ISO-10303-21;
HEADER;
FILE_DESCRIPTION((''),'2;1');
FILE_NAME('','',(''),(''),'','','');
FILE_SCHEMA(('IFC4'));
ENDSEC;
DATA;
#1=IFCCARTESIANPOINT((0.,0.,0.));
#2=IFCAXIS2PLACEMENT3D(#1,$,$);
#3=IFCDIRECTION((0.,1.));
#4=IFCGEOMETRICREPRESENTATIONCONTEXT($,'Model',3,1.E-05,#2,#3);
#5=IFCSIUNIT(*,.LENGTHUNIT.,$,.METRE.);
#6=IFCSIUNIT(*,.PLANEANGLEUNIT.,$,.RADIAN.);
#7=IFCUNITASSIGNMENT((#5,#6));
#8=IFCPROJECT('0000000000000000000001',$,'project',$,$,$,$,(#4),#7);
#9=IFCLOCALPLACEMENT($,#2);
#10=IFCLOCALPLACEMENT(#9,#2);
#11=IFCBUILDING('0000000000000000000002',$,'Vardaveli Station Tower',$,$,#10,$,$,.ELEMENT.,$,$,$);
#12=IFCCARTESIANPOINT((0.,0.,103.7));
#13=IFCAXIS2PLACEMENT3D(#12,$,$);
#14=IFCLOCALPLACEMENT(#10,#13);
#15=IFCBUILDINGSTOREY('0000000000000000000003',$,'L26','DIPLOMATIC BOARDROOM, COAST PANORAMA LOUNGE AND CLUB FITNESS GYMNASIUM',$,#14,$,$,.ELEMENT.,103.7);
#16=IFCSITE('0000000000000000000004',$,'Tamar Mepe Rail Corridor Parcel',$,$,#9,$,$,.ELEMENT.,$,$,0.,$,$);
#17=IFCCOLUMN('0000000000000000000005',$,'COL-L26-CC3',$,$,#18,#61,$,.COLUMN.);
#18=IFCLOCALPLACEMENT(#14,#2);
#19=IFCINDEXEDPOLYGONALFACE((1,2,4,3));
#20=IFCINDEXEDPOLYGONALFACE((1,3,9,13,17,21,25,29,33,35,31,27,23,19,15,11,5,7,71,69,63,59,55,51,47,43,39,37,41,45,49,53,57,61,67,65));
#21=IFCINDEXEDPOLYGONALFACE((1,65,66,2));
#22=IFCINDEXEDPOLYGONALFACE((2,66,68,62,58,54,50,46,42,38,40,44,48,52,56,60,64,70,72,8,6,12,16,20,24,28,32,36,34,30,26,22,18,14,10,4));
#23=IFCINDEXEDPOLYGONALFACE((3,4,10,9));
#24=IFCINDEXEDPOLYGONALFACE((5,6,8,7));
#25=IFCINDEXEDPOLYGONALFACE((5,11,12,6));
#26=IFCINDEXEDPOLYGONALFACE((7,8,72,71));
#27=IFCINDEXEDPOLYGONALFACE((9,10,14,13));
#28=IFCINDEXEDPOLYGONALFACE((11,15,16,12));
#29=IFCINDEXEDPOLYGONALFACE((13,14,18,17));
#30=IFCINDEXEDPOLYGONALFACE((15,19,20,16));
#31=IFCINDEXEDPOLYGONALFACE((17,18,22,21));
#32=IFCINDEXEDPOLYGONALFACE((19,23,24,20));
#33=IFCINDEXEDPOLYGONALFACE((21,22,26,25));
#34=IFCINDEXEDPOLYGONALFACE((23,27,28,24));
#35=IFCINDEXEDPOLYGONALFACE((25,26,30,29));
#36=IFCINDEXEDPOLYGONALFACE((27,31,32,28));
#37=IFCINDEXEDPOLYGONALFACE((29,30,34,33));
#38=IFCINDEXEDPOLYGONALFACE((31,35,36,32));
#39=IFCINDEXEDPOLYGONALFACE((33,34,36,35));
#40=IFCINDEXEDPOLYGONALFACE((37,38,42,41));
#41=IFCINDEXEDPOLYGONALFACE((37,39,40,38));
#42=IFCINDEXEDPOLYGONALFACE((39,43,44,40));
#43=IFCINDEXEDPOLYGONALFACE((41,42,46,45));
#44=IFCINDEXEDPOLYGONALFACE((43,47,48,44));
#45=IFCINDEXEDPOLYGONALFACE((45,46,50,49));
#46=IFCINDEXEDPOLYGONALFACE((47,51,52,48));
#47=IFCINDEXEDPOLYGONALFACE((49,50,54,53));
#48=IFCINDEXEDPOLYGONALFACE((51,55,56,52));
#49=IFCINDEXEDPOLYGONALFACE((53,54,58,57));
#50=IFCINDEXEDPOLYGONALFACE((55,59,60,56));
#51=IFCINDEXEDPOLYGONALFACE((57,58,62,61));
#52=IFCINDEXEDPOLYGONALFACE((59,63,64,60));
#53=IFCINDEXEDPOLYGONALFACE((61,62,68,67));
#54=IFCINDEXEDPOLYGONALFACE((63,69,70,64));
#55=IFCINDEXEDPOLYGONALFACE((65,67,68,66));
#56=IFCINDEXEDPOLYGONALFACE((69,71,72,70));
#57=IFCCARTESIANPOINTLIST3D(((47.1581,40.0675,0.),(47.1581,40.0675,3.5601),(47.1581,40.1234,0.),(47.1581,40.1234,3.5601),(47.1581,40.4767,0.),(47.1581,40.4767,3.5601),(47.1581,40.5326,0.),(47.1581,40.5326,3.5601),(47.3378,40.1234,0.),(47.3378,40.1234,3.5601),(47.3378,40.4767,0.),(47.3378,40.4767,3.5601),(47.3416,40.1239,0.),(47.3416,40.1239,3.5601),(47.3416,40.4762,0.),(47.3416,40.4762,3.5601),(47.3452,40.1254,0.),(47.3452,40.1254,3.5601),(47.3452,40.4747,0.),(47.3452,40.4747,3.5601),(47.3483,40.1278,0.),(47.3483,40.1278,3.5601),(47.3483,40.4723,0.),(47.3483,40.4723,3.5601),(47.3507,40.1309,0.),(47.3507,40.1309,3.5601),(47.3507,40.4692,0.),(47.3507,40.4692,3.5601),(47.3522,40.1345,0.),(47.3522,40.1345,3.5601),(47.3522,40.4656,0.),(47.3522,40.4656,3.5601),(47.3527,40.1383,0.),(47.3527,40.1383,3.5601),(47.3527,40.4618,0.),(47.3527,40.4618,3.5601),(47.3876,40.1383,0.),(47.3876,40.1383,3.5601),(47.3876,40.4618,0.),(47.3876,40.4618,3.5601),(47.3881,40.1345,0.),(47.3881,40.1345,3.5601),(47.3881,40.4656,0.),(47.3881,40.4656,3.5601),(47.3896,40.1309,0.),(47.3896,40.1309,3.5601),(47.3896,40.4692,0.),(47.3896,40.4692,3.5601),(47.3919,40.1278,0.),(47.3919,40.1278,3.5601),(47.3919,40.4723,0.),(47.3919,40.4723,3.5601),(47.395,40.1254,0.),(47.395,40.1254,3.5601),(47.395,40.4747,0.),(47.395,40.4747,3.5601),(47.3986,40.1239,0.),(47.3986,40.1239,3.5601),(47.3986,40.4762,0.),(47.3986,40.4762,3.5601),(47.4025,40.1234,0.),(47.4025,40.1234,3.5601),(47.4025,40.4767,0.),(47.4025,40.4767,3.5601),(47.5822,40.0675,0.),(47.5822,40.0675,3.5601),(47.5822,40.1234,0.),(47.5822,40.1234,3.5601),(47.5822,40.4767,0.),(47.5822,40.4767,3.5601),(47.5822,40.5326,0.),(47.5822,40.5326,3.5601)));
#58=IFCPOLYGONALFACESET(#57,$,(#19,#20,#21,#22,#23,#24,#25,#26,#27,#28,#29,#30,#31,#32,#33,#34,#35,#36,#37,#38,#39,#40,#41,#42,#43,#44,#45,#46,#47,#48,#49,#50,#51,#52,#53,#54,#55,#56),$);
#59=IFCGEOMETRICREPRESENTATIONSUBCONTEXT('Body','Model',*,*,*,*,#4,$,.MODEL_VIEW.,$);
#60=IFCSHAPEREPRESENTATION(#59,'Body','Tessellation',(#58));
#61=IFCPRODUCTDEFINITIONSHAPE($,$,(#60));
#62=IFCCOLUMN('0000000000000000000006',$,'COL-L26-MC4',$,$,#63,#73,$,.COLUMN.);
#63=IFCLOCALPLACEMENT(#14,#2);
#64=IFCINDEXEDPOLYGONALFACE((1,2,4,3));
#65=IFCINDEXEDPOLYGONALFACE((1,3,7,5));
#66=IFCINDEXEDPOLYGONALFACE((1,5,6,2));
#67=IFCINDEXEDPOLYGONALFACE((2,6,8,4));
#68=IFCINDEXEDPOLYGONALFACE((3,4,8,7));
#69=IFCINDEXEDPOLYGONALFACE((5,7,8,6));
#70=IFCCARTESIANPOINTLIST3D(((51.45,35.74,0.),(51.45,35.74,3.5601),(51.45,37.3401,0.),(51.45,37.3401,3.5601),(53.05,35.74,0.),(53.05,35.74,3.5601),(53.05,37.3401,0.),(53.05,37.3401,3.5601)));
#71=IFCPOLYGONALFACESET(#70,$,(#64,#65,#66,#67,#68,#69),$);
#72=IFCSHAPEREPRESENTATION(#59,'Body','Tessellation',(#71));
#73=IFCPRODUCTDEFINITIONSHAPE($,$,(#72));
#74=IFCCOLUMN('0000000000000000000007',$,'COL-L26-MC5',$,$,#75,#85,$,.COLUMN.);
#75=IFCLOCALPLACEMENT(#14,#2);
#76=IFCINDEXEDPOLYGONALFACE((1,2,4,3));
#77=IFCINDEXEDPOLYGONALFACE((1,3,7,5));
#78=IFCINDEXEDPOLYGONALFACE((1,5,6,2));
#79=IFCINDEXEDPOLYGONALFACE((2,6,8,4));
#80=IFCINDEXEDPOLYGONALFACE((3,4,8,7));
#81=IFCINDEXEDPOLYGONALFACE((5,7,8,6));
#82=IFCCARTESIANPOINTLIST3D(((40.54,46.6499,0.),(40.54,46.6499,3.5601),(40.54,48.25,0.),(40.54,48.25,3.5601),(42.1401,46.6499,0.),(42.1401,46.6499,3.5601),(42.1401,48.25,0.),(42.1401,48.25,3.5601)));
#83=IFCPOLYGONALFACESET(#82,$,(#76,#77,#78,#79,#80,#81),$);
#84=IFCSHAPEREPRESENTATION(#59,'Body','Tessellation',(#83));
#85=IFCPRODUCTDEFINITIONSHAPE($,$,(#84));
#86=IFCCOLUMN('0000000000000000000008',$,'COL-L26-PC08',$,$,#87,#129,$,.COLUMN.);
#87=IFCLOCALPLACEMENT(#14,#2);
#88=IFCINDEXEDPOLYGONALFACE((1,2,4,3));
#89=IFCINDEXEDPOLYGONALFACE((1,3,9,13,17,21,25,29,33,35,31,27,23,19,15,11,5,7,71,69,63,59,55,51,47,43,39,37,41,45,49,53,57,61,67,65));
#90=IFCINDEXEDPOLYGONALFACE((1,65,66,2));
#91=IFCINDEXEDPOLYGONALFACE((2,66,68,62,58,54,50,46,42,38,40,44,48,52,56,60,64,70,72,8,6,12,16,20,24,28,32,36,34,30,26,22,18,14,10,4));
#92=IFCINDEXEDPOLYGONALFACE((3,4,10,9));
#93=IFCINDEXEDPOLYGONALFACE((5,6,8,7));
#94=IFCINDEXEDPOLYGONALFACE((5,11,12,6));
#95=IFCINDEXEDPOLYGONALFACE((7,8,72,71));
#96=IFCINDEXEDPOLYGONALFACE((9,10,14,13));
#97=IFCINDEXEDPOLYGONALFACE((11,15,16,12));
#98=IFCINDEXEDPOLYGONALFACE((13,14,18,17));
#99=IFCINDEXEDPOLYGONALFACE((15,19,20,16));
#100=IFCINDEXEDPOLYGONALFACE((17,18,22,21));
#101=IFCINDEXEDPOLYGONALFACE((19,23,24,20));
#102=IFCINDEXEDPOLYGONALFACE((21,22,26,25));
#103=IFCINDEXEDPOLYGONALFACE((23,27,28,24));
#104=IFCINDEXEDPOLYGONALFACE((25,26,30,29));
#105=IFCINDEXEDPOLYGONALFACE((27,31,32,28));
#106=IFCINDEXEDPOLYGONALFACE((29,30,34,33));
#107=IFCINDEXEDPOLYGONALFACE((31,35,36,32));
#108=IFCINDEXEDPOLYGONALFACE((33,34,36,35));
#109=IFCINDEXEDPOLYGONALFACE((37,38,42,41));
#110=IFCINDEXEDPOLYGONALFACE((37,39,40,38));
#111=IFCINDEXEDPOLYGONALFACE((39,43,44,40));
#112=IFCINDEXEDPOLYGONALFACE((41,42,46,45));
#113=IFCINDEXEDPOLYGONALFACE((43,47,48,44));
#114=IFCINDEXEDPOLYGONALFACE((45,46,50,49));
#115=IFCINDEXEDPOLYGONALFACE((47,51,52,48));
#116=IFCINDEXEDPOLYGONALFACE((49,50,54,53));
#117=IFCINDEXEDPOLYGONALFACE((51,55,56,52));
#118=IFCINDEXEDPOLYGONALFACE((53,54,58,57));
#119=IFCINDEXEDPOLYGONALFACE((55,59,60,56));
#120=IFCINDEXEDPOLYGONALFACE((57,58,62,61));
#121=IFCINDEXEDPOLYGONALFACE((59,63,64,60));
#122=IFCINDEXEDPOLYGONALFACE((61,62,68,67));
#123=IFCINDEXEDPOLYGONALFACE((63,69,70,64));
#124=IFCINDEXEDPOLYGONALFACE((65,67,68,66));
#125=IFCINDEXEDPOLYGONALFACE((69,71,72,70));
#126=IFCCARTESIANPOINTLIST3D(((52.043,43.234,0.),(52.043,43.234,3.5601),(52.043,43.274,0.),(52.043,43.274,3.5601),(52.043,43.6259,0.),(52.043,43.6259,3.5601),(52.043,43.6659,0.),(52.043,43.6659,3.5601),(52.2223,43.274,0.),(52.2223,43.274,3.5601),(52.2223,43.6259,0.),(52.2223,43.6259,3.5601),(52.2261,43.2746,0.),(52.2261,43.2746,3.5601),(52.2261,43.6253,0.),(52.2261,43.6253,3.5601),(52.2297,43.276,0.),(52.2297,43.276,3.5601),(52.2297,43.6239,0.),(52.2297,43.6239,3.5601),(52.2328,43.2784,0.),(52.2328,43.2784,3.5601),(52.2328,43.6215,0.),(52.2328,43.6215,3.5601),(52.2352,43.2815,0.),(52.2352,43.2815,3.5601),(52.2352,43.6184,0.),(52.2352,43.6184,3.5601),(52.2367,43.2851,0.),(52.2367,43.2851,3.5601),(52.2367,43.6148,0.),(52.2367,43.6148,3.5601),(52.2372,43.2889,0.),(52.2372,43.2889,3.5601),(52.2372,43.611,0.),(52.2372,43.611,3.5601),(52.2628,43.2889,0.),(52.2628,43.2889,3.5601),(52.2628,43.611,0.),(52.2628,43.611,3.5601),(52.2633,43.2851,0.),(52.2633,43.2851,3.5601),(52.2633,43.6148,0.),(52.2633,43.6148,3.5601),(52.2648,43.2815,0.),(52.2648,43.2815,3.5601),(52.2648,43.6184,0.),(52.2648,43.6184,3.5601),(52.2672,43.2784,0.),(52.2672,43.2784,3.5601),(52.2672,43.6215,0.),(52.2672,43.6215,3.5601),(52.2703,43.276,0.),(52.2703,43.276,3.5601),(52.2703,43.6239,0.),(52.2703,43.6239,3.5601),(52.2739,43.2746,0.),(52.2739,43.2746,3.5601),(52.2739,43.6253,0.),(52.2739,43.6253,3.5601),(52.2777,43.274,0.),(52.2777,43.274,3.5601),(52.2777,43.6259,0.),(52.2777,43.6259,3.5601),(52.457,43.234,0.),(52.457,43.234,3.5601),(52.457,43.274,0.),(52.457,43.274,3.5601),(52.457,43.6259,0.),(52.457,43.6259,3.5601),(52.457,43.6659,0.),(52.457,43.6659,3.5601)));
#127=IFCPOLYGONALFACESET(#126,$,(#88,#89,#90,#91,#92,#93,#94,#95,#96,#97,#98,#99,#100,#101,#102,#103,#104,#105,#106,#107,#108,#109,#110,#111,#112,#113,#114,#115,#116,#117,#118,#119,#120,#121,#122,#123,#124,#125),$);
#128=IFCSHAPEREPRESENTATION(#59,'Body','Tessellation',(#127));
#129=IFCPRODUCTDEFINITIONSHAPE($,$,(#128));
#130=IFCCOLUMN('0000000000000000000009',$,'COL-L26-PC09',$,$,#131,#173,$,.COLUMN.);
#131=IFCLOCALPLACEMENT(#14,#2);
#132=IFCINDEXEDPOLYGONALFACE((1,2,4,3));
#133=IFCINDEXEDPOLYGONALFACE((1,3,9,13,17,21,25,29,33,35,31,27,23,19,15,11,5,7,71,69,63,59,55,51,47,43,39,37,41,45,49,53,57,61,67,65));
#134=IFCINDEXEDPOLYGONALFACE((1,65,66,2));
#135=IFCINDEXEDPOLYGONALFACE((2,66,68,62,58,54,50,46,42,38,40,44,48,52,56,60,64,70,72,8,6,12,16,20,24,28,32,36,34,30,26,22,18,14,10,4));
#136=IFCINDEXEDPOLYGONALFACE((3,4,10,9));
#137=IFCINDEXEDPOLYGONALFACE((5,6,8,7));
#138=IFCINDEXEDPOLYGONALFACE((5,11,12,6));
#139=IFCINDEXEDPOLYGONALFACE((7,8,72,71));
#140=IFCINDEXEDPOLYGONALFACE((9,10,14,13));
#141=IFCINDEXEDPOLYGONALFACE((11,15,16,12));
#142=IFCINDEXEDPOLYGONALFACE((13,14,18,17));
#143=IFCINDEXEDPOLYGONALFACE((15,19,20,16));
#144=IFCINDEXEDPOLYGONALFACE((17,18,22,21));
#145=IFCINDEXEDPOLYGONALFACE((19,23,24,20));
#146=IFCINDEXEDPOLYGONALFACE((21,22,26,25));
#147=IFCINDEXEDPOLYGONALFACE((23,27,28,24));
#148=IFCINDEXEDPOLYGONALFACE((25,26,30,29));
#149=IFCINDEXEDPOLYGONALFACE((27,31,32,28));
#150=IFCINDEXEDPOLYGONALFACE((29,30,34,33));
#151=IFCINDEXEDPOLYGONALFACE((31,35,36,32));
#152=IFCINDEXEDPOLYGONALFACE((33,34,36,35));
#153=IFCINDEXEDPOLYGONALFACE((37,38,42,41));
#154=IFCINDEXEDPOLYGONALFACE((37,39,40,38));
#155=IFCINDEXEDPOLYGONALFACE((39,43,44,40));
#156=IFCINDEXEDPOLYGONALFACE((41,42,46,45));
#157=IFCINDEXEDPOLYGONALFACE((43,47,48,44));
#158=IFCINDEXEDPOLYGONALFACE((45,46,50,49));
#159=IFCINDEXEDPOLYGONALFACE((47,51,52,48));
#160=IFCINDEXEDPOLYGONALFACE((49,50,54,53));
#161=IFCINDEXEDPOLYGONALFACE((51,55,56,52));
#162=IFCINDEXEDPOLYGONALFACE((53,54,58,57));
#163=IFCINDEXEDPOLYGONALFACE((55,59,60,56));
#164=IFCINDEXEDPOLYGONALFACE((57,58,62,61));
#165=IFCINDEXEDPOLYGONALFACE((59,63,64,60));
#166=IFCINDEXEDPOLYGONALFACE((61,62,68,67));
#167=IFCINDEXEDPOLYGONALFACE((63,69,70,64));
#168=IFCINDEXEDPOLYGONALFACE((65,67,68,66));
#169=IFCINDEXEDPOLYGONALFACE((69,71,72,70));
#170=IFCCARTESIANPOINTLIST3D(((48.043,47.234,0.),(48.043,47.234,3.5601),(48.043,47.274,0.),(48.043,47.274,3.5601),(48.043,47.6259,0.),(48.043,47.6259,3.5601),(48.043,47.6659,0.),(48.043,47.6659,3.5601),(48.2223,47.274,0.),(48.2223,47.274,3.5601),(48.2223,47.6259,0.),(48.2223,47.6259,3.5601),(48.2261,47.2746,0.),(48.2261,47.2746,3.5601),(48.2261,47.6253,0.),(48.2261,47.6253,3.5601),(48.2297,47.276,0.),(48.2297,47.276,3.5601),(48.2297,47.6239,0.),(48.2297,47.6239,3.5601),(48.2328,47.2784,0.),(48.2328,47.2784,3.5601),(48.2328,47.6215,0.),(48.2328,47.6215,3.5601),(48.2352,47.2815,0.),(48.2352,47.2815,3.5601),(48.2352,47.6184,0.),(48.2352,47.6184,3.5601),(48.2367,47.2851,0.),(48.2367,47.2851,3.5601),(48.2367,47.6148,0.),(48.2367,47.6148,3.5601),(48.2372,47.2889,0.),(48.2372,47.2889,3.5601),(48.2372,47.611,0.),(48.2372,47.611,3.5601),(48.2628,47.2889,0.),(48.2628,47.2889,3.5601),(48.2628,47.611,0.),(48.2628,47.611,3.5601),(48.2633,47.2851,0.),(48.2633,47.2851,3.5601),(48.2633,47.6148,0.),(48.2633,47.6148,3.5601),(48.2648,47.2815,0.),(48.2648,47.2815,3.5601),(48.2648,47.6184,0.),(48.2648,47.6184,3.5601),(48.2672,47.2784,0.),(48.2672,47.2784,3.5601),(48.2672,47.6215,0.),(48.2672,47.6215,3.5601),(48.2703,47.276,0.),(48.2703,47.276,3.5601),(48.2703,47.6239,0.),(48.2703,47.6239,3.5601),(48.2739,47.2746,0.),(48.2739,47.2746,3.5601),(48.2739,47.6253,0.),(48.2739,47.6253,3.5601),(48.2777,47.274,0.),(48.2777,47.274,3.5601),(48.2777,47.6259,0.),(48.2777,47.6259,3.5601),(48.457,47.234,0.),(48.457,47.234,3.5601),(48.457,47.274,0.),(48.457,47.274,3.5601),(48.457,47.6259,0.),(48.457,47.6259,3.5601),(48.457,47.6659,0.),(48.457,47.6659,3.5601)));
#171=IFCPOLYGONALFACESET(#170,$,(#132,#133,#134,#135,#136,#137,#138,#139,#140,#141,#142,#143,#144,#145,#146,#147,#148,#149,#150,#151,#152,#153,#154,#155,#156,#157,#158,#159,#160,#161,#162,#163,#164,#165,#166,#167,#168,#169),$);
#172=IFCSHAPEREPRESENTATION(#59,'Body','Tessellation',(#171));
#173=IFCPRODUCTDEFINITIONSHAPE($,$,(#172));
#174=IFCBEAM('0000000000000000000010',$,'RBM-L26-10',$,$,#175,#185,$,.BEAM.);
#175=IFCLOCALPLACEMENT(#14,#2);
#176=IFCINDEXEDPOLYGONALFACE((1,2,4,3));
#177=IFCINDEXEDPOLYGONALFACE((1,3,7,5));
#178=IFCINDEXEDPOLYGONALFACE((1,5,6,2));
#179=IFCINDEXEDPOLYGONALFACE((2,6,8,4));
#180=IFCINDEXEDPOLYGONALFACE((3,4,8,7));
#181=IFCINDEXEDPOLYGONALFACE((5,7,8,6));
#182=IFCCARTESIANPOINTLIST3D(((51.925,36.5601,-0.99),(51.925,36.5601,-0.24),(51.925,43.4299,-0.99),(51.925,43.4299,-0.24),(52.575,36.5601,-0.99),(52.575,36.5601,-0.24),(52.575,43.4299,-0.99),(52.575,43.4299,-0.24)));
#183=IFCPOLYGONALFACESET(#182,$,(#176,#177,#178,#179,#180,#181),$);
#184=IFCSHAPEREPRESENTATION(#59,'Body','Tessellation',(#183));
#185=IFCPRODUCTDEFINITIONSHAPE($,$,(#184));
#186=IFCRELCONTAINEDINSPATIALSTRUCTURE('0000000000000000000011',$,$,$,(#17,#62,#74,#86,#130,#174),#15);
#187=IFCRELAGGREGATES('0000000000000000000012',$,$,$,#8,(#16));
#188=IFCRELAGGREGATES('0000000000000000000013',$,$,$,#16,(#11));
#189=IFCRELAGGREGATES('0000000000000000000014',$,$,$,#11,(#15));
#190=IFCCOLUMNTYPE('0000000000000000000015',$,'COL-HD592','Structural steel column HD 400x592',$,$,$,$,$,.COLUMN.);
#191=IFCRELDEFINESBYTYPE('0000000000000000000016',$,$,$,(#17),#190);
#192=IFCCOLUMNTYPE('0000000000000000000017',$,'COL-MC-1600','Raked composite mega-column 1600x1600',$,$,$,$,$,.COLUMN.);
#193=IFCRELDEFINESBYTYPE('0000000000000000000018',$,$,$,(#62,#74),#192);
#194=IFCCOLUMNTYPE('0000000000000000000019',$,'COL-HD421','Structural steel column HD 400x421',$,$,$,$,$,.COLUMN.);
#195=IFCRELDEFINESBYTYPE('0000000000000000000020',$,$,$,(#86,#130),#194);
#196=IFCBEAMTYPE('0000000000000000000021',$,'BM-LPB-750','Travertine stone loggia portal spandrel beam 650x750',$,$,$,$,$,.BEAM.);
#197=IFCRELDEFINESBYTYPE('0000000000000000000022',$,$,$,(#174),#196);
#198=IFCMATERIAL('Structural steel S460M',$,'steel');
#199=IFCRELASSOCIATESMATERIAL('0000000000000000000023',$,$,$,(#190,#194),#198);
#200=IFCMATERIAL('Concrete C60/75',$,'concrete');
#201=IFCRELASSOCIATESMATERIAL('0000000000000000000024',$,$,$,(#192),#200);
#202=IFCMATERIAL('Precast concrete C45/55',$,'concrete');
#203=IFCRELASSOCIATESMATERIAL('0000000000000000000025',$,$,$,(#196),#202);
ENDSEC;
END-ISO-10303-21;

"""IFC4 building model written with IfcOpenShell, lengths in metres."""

from ifc_helpers import new_model, si_unit, direction, frame, origin, origin_2d, place, context, subcontext, project, spatial, rectangle, i_section, extrude, source, transform, mapped, material, material_profile, profile_set, type_object, element, save


model = new_model("IFC4")

# Units and contexts
model_context = context("Model", 3, precision=1e-05, world=origin(), true_north=direction((0.0, 1.0)))
body_context = subcontext(model_context, "Body", "Model", "MODEL_VIEW")
ifc_project = project(units=[si_unit("LENGTHUNIT", "METRE"), si_unit("PLANEANGLEUNIT", "RADIAN")], contexts=[model_context])

# Site, building, storey
site_placement = place(None, origin())
site = spatial("IfcSite", under=ifc_project, at=site_placement, Name="Tamar Mepe Rail Corridor Parcel", CompositionType="ELEMENT", RefElevation=0.0)
building_placement = place(site_placement, origin())
building = spatial("IfcBuilding", under=site, at=building_placement, Name="Vardaveli Station Tower", CompositionType="ELEMENT")
storey_placement = place(building_placement, frame((0.0, 0.0, 103.7)))
storey = spatial("IfcBuildingStorey", under=building, at=storey_placement, Name="L26", Description="DIPLOMATIC BOARDROOM, COAST PANORAMA LOUNGE AND CLUB FITNESS GYMNASIUM", CompositionType="ELEMENT", Elevation=103.7)

# Columns
ifc_material_1 = material(Name="Structural steel S460M", Category="steel")
ifc_material_profile_1 = material_profile(ifc_material_1, i_section(OverallWidth=0.4241, OverallDepth=0.4651, WebThickness=0.0349, FlangeThickness=0.0559, FilletRadius=0.0149, at=origin_2d()), Name="HD 400x592")
ifc_profile_set_1 = profile_set([ifc_material_profile_1], Name="Structural steel S460M")
column_type_1 = type_object("IfcColumnType", Name="COL-HD592", Description="Structural steel column HD 400x592", PredefinedType="COLUMN", material=ifc_profile_set_1)
shared_shape_1 = source(origin(), body_context, "Body", "SweptSolid", [
    extrude(i_section(OverallWidth=0.4241, OverallDepth=0.4651, WebThickness=0.0349, FlangeThickness=0.0559, FilletRadius=0.0149, at=origin_2d()), origin(), (0.0, 0.0, 1.0), 3.5601),
])
column_placement = place(storey_placement, frame((47.3701, 40.3, 0.0), z_axis=(0.0, 0.0, 1.0), x_axis=(1.0, 0.0, 0.0)))
element("IfcColumn", 1, at=column_placement, inside=storey, type_object=column_type_1, Name="COL-L26-CC3", PredefinedType="COLUMN", context=body_context, shape_type="MappedRepresentation", body=[
    mapped(shared_shape_1, transform((0.0, 0.0, 0.0), scale=1.0)),
])
ifc_material_2 = material(Name="Concrete C60/75", Category="concrete")
ifc_material_profile_2 = material_profile(ifc_material_2, rectangle(XDim=1.6001, YDim=1.6001, at=origin_2d()), Name="MC 1600x1600")
ifc_profile_set_2 = profile_set([ifc_material_profile_2], Name="Concrete C60/75")
column_type_2 = type_object("IfcColumnType", Name="COL-MC-1600", Description="Raked composite mega-column 1600x1600", PredefinedType="COLUMN", material=ifc_profile_set_2)
shared_shape_2 = source(origin(), body_context, "Body", "SweptSolid", [
    extrude(rectangle(XDim=1.6001, YDim=1.6001, at=origin_2d()), origin(), (0.0, 0.0, 1.0), 3.5601),
])
for number, where, z_axis, x_axis, name in (
    (2, (52.25, 36.54, 0.0), (0.0, 0.0, 1.0), (1.0, 0.0, 0.0), "COL-L26-MC4"),
    (3, (41.3401, 47.45, 0.0), (0.0, 0.0, 1.0), (1.0, 0.0, 0.0), "COL-L26-MC5"),
):
    element("IfcColumn", number, at=place(storey_placement, frame(where, z_axis=z_axis, x_axis=x_axis)), inside=storey, type_object=column_type_2, Name=name, PredefinedType="COLUMN", context=body_context, shape_type="MappedRepresentation", body=[
        mapped(shared_shape_2, transform((0.0, 0.0, 0.0), scale=1.0)),
    ])
ifc_material_profile_3 = material_profile(ifc_material_1, i_section(OverallWidth=0.4141, OverallDepth=0.4319, WebThickness=0.0256, FlangeThickness=0.04, FilletRadius=0.0149, at=origin_2d()), Name="HD 400x421")
ifc_profile_set_3 = profile_set([ifc_material_profile_3], Name="Structural steel S460M")
column_type_3 = type_object("IfcColumnType", Name="COL-HD421", Description="Structural steel column HD 400x421", PredefinedType="COLUMN", material=ifc_profile_set_3)
shared_shape_3 = source(origin(), body_context, "Body", "SweptSolid", [
    extrude(i_section(OverallWidth=0.4141, OverallDepth=0.4319, WebThickness=0.0256, FlangeThickness=0.04, FilletRadius=0.0149, at=origin_2d()), origin(), (0.0, 0.0, 1.0), 3.5601),
])
for number, where, z_axis, x_axis, name in (
    (4, (52.25, 43.45, 0.0), (0.0, 0.0, 1.0), (1.0, 0.0, 0.0), "COL-L26-PC08"),
    (5, (48.25, 47.45, 0.0), (0.0, 0.0, 1.0), (1.0, 0.0, 0.0), "COL-L26-PC09"),
):
    element("IfcColumn", number, at=place(storey_placement, frame(where, z_axis=z_axis, x_axis=x_axis)), inside=storey, type_object=column_type_3, Name=name, PredefinedType="COLUMN", context=body_context, shape_type="MappedRepresentation", body=[
        mapped(shared_shape_3, transform((0.0, 0.0, 0.0), scale=1.0)),
    ])

# Beam
ifc_material_3 = material(Name="Precast concrete C45/55", Category="concrete")
ifc_material_profile_4 = material_profile(ifc_material_3, rectangle(XDim=0.6499, YDim=0.75, at=origin_2d()), Name="LPB 650x750")
ifc_profile_set_4 = profile_set([ifc_material_profile_4], Name="Precast concrete C45/55")
beam_type = type_object("IfcBeamType", Name="BM-LPB-750", Description="Travertine stone loggia portal spandrel beam 650x750", PredefinedType="BEAM", material=ifc_profile_set_4)
shared_shape_4 = source(origin(), body_context, "Body", "SweptSolid", [
    extrude(rectangle(XDim=0.6499, YDim=0.75, at=origin_2d()), origin(), (0.0, 0.0, 1.0), 6.8699),
])
for number, where, z_axis, x_axis, name in (
    (6, (52.25, 36.5601, -0.615), (0.0, 1.0, 0.0), (-1.0, 0.0, 0.0), "RBM-L26-10"),
):
    element("IfcBeam", number, at=place(storey_placement, frame(where, z_axis=z_axis, x_axis=x_axis)), inside=storey, type_object=beam_type, Name=name, PredefinedType="BEAM", context=body_context, shape_type="MappedRepresentation", body=[
        mapped(shared_shape_4, transform((0.0, 0.0, 0.0), scale=1.0)),
    ])

save(model, "model.ifc")
